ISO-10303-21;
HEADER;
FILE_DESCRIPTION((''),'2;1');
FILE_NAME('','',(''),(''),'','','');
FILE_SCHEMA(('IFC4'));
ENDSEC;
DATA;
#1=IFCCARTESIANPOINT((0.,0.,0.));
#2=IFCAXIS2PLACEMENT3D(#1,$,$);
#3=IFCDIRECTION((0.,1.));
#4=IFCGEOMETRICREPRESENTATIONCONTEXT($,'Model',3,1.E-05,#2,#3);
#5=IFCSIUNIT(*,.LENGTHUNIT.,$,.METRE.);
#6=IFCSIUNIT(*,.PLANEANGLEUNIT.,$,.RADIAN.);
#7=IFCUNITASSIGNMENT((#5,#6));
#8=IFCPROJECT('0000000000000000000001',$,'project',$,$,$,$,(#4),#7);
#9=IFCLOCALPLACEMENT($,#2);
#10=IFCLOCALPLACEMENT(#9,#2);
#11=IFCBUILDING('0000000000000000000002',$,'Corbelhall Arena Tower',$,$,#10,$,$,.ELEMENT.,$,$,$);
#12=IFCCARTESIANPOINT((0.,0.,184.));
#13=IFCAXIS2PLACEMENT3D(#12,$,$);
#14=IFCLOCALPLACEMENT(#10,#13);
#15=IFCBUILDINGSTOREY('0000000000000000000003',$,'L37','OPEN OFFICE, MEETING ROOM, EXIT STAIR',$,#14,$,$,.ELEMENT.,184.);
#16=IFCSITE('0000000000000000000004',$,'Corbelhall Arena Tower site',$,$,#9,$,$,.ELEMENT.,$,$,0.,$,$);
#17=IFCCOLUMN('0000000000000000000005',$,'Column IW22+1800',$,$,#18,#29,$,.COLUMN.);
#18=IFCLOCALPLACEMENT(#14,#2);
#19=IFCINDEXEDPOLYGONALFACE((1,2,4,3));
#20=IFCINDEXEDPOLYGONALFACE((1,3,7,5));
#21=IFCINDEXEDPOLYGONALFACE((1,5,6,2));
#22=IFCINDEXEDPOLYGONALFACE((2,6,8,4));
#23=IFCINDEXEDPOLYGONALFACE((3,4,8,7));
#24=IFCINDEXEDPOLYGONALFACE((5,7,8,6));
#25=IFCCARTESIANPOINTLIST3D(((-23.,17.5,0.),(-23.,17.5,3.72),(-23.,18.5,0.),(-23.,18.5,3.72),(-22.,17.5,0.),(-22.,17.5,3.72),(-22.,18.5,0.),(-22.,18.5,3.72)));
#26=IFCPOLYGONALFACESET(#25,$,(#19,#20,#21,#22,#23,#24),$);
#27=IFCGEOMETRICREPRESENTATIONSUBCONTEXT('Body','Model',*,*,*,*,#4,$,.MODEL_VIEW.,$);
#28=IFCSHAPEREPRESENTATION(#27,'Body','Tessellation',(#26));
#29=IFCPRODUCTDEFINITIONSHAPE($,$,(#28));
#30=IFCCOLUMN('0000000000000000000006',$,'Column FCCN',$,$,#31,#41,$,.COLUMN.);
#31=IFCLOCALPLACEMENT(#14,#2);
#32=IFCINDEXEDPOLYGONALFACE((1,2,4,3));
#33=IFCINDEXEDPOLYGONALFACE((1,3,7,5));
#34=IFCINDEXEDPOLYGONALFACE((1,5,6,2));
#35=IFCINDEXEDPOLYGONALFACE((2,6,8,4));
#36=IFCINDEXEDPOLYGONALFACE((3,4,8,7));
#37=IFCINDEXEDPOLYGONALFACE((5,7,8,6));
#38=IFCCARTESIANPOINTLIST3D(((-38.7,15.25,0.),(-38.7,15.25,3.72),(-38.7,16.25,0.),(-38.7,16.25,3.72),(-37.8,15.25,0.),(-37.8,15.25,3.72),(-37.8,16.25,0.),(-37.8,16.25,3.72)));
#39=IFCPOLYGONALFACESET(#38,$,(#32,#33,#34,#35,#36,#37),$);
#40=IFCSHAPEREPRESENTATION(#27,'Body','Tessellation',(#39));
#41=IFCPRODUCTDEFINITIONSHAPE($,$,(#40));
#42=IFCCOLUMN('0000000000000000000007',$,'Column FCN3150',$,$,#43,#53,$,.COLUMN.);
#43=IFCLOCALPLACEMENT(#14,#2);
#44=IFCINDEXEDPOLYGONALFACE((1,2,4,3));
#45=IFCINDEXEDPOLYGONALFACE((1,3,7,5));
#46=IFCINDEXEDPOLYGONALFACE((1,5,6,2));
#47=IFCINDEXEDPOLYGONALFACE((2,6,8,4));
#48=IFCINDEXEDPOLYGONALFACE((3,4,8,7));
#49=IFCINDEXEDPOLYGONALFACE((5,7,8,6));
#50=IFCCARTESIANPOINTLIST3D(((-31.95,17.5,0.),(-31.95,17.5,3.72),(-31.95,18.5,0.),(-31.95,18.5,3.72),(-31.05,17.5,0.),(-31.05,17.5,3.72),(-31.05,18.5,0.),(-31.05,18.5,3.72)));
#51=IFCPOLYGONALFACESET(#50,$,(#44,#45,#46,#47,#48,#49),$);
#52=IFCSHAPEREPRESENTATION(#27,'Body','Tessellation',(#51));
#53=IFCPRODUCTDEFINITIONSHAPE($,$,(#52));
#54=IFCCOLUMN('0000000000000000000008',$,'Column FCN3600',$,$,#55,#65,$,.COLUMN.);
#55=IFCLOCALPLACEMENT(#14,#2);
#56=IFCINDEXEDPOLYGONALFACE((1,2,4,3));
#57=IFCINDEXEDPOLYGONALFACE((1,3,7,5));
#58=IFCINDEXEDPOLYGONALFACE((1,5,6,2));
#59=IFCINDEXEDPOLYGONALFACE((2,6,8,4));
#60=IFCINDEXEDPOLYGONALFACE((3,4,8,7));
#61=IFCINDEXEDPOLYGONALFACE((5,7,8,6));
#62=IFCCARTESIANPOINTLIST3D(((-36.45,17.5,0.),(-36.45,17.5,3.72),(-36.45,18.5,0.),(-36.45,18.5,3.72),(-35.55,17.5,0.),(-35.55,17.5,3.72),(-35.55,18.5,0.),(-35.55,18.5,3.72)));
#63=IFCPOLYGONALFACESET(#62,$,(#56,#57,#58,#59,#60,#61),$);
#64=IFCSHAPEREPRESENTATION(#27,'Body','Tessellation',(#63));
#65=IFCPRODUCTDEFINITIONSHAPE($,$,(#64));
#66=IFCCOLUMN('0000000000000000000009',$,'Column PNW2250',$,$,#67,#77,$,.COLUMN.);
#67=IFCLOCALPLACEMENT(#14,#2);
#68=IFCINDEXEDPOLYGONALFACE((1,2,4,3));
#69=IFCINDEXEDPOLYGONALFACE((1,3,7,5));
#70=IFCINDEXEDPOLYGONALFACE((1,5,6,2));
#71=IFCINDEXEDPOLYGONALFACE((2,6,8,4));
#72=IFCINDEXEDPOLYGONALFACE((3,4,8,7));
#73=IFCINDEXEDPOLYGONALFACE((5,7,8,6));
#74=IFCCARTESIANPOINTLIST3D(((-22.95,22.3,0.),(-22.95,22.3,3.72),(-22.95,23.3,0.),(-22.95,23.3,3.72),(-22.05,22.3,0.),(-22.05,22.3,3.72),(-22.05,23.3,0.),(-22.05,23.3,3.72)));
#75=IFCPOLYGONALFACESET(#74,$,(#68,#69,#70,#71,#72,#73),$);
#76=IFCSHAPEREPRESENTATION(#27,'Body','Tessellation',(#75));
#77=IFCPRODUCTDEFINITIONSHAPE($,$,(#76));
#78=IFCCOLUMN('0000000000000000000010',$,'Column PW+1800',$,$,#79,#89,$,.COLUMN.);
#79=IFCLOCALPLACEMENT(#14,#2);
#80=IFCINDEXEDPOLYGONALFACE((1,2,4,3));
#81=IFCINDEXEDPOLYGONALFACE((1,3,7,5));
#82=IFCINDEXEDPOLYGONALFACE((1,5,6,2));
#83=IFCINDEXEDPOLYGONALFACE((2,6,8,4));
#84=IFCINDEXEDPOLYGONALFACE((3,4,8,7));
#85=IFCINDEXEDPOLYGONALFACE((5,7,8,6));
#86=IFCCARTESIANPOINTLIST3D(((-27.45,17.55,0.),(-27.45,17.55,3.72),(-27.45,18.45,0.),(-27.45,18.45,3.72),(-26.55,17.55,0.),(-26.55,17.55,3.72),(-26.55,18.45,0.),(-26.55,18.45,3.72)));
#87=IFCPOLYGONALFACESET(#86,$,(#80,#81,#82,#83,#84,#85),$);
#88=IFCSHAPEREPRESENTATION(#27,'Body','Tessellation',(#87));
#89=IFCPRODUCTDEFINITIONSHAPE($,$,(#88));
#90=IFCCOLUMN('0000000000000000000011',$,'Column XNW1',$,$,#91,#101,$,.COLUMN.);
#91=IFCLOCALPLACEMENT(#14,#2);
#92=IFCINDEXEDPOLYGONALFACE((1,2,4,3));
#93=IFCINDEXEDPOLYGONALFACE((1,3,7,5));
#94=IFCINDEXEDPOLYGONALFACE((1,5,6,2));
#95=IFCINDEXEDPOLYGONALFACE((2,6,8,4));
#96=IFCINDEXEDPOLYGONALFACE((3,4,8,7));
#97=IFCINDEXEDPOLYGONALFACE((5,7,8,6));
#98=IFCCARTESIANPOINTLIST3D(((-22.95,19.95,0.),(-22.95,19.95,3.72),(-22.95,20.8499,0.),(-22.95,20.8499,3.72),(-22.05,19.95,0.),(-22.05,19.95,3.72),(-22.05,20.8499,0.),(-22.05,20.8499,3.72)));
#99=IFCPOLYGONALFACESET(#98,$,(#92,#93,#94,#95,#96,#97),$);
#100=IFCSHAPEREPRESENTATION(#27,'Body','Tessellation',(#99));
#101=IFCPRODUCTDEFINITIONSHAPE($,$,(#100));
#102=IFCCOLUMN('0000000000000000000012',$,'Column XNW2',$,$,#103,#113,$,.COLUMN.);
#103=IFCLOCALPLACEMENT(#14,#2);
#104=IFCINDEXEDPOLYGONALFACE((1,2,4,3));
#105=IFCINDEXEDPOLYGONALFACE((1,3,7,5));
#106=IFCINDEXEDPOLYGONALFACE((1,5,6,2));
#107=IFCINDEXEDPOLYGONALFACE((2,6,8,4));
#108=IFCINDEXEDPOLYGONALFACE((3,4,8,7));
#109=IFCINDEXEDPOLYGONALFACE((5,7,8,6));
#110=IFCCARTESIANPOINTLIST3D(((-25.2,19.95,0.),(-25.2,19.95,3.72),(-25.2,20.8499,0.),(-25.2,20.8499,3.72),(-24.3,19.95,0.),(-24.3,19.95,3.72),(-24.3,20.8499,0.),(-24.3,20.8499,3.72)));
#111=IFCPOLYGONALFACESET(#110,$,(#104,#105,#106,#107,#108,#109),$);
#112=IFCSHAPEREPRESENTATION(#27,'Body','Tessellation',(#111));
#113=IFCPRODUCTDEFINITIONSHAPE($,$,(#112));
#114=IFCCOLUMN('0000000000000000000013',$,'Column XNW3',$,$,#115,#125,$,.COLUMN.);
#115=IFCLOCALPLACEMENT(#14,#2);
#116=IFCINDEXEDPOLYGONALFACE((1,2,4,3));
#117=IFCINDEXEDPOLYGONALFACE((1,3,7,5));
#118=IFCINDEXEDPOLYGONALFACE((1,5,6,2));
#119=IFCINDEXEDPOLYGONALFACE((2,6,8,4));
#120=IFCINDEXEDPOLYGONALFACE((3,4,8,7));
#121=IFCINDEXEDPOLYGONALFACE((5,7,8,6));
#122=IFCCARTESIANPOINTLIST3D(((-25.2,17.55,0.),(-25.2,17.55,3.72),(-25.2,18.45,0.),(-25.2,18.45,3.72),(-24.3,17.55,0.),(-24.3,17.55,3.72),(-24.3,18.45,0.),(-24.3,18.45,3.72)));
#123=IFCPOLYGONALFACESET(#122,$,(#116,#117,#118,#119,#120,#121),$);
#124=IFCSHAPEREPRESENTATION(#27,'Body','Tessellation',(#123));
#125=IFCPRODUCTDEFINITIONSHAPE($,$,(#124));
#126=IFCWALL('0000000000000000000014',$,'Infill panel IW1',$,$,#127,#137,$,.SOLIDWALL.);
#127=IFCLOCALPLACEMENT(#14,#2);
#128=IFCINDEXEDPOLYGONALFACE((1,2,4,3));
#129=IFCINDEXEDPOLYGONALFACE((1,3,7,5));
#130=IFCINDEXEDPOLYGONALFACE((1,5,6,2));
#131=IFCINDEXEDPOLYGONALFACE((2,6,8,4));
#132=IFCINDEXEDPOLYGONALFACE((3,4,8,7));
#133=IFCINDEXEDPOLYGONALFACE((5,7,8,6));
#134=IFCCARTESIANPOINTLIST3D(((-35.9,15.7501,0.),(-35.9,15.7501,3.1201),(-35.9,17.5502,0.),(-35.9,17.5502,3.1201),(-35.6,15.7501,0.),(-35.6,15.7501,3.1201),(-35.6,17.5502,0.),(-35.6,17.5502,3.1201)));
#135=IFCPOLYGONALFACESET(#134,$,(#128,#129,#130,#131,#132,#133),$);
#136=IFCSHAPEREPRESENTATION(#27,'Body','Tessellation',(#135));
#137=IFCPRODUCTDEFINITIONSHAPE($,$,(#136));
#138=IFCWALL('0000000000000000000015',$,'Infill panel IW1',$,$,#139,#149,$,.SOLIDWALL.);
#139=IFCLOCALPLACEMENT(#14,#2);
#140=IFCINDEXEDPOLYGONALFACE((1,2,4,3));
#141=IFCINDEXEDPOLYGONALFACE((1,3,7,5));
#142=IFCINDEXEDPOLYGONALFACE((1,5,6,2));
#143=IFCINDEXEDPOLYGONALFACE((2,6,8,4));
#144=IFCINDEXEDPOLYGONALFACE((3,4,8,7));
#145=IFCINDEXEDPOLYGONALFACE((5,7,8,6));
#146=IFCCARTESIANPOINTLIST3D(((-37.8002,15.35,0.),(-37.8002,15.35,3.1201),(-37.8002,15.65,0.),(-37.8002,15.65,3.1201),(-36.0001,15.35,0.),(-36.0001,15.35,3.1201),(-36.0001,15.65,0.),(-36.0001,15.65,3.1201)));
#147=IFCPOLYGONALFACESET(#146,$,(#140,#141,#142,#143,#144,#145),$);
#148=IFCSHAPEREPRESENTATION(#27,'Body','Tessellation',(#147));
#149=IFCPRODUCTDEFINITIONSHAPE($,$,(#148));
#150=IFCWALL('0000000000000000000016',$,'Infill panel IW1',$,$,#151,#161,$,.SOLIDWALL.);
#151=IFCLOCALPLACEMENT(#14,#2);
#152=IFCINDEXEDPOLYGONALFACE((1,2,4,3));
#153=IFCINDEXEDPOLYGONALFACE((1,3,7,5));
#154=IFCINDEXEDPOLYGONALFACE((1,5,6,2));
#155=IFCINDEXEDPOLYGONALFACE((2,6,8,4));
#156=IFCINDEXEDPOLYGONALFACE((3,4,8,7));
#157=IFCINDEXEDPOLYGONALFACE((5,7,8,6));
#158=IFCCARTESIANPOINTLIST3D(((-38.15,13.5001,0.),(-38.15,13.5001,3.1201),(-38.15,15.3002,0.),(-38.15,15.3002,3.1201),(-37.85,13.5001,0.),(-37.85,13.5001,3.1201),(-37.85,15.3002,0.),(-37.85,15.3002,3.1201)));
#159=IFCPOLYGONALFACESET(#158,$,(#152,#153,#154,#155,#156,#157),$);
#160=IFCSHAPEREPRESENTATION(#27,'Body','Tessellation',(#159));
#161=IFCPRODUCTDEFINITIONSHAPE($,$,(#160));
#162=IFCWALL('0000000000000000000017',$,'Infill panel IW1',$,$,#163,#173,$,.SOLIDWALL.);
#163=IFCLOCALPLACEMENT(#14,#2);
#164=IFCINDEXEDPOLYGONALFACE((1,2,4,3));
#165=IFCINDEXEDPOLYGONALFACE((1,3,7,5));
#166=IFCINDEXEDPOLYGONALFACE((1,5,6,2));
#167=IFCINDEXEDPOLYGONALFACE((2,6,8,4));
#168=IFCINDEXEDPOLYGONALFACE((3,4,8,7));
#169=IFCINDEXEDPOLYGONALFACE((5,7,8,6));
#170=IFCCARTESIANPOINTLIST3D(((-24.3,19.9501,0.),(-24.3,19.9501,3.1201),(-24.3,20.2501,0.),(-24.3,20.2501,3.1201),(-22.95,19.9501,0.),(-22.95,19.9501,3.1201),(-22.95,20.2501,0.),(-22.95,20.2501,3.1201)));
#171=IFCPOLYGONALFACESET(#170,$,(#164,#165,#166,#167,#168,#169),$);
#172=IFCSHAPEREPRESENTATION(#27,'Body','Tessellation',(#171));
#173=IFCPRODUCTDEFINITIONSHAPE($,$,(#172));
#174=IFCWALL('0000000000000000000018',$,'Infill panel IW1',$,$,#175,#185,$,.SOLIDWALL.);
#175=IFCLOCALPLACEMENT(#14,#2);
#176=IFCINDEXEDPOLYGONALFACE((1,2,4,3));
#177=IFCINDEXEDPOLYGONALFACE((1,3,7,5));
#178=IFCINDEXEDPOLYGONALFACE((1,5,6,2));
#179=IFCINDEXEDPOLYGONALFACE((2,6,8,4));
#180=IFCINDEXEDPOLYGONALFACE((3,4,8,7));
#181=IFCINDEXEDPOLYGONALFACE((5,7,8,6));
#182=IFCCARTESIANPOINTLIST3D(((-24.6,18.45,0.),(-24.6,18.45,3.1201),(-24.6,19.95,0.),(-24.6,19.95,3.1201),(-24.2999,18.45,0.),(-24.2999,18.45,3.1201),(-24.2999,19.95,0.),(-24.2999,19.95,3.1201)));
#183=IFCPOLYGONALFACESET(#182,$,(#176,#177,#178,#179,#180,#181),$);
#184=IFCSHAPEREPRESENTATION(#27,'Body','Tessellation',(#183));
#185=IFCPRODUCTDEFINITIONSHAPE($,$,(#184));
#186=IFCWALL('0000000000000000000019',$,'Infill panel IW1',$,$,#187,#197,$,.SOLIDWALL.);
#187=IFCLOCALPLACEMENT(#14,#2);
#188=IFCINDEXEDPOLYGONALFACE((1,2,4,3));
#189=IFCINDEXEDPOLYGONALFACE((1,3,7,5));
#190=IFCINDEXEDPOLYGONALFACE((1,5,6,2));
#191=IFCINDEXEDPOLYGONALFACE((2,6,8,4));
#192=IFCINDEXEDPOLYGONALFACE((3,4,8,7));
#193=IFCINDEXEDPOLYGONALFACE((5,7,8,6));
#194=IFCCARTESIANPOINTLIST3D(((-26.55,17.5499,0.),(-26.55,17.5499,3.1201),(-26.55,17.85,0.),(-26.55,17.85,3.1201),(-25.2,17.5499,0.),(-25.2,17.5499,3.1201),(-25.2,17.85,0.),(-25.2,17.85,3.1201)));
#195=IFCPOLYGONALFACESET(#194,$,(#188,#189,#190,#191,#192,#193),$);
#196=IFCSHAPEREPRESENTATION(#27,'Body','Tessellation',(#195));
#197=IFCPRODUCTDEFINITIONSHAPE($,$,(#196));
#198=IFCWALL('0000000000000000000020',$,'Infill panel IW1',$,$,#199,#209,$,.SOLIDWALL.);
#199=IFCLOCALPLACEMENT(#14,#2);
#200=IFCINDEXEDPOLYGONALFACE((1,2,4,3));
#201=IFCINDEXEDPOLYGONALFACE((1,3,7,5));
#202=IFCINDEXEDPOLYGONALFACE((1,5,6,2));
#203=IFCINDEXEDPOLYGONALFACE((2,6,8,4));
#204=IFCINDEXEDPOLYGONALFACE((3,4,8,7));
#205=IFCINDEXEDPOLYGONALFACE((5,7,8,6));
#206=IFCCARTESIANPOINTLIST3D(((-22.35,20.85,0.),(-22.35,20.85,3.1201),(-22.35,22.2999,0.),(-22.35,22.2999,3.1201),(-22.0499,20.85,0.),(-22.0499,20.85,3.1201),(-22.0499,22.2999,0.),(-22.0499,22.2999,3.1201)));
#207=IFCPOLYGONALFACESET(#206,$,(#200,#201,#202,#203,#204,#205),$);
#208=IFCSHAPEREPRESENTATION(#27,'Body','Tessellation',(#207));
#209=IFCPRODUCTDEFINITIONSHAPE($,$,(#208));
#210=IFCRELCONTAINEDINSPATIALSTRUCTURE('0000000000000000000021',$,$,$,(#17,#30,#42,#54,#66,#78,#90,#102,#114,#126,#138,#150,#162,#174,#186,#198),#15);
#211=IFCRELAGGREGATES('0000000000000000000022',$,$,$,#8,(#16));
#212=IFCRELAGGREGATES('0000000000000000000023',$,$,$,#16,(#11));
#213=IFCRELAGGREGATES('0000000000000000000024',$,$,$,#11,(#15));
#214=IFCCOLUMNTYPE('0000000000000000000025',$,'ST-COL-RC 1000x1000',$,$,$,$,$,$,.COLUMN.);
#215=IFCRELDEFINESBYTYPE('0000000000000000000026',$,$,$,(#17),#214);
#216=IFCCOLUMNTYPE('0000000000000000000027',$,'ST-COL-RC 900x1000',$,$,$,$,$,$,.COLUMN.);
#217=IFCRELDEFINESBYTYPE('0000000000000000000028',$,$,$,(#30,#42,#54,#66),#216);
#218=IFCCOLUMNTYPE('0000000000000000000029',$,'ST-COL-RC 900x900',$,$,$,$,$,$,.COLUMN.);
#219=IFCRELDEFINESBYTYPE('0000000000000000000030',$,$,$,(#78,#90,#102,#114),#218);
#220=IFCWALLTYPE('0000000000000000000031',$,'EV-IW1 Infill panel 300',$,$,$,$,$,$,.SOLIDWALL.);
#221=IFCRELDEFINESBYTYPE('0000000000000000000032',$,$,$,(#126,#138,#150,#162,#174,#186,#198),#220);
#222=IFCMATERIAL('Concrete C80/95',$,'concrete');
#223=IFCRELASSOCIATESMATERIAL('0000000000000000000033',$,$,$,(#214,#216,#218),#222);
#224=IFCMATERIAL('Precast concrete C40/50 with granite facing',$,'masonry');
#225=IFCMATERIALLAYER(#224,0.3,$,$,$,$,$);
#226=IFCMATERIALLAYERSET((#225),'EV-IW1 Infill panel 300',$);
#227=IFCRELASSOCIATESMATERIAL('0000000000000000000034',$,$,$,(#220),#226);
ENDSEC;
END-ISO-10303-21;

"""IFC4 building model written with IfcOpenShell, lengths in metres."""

from ifc_helpers import new_model, si_unit, direction, frame, frame_2d, origin, origin_2d, place, context, subcontext, project, spatial, rectangle, extrude, material, layer, layer_set, material_profile, profile_set, type_object, element, save


model = new_model("IFC4")

# Units and contexts
model_context = context("Model", 3, precision=1e-05, world=origin(), true_north=direction((0.0, 1.0)))
body_context = subcontext(model_context, "Body", "Model", "MODEL_VIEW")
ifc_project = project(units=[si_unit("LENGTHUNIT", "METRE"), si_unit("PLANEANGLEUNIT", "RADIAN")], contexts=[model_context])

# Site, building, storey
site_placement = place(None, origin())
site = spatial("IfcSite", under=ifc_project, at=site_placement, Name="Corbelhall Arena Tower site", CompositionType="ELEMENT", RefElevation=0.0)
building_placement = place(site_placement, origin())
building = spatial("IfcBuilding", under=site, at=building_placement, Name="Corbelhall Arena Tower", CompositionType="ELEMENT")
storey_placement = place(building_placement, frame((0.0, 0.0, 184.0)))
storey = spatial("IfcBuildingStorey", under=building, at=storey_placement, Name="L37", Description="OPEN OFFICE, MEETING ROOM, EXIT STAIR", CompositionType="ELEMENT", Elevation=184.0)

# Columns
ifc_material_1 = material(Name="Concrete C80/95", Category="concrete")
ifc_material_profile_1 = material_profile(ifc_material_1, rectangle(XDim=1.0, YDim=1.0, at=origin_2d()))
ifc_profile_set_1 = profile_set([ifc_material_profile_1], Name="Concrete C80/95")
column_type_1 = type_object("IfcColumnType", Name="ST-COL-RC 1000x1000", PredefinedType="COLUMN", material=ifc_profile_set_1)
column_placement = place(storey_placement, frame((-22.5, 18.0, 0.0), z_axis=(0.0, 0.0, 1.0), x_axis=(1.0, 0.0, 0.0)))
element("IfcColumn", 1, at=column_placement, inside=storey, type_object=column_type_1, Name="Column IW22+1800", PredefinedType="COLUMN", context=body_context, shape_type="SweptSolid", body=[
    extrude(rectangle(XDim=1.0, YDim=1.0, at=origin_2d()), origin(), (0.0, 0.0, 1.0), 3.72),
])
ifc_material_profile_2 = material_profile(ifc_material_1, rectangle(XDim=0.8999, YDim=1.0, at=origin_2d()))
ifc_profile_set_2 = profile_set([ifc_material_profile_2], Name="Concrete C80/95")
column_type_2 = type_object("IfcColumnType", Name="ST-COL-RC 900x1000", PredefinedType="COLUMN", material=ifc_profile_set_2)
for number, where, z_axis, x_axis, name in (
    (2, (-38.25, 15.75, 0.0), (0.0, 0.0, 1.0), (1.0, 0.0, 0.0), "Column FCCN"),
    (3, (-31.5, 18.0, 0.0), (0.0, 0.0, 1.0), (1.0, 0.0, 0.0), "Column FCN3150"),
    (4, (-36.0, 18.0, 0.0), (0.0, 0.0, 1.0), (1.0, 0.0, 0.0), "Column FCN3600"),
    (5, (-22.5, 22.8, 0.0), (0.0, 0.0, 1.0), (1.0, 0.0, 0.0), "Column PNW2250"),
):
    element("IfcColumn", number, at=place(storey_placement, frame(where, z_axis=z_axis, x_axis=x_axis)), inside=storey, type_object=column_type_2, Name=name, PredefinedType="COLUMN", context=body_context, shape_type="SweptSolid", body=[
        extrude(rectangle(XDim=0.8999, YDim=1.0, at=origin_2d()), origin(), (0.0, 0.0, 1.0), 3.72),
    ])
ifc_material_profile_3 = material_profile(ifc_material_1, rectangle(XDim=0.8999, YDim=0.8999, at=origin_2d()))
ifc_profile_set_3 = profile_set([ifc_material_profile_3], Name="Concrete C80/95")
column_type_3 = type_object("IfcColumnType", Name="ST-COL-RC 900x900", PredefinedType="COLUMN", material=ifc_profile_set_3)
for number, where, z_axis, x_axis, name in (
    (6, (-27.0, 18.0, 0.0), (0.0, 0.0, 1.0), (1.0, 0.0, 0.0), "Column PW+1800"),
    (7, (-22.5, 20.3999, 0.0), (0.0, 0.0, 1.0), (1.0, 0.0, 0.0), "Column XNW1"),
    (8, (-24.75, 20.3999, 0.0), (0.0, 0.0, 1.0), (1.0, 0.0, 0.0), "Column XNW2"),
    (9, (-24.75, 18.0, 0.0), (0.0, 0.0, 1.0), (1.0, 0.0, 0.0), "Column XNW3"),
):
    element("IfcColumn", number, at=place(storey_placement, frame(where, z_axis=z_axis, x_axis=x_axis)), inside=storey, type_object=column_type_3, Name=name, PredefinedType="COLUMN", context=body_context, shape_type="SweptSolid", body=[
        extrude(rectangle(XDim=0.8999, YDim=0.8999, at=origin_2d()), origin(), (0.0, 0.0, 1.0), 3.72),
    ])

# Walls
ifc_material_2 = material(Name="Precast concrete C40/50 with granite facing", Category="masonry")
ifc_layer_1 = layer(ifc_material_2, 0.3)
ifc_layer_set_1 = layer_set([ifc_layer_1], Name="EV-IW1 Infill panel 300")
wall_type_1 = type_object("IfcWallType", Name="EV-IW1 Infill panel 300", PredefinedType="SOLIDWALL", material=ifc_layer_set_1)
for number, where, z_axis, x_axis, name in (
    (10, (-35.75, 17.55, 0.0), (0.0, 0.0, 1.0), (0.0, -1.0, 0.0), "Infill panel IW1"),
    (11, (-37.8, 15.5, 0.0), (0.0, 0.0, 1.0), (1.0, 0.0, 0.0), "Infill panel IW1"),
    (12, (-38.0, 15.3, 0.0), (0.0, 0.0, 1.0), (0.0, -1.0, 0.0), "Infill panel IW1"),
):
    element("IfcWall", number, at=place(storey_placement, frame(where, z_axis=z_axis, x_axis=x_axis)), inside=storey, type_object=wall_type_1, Name=name, PredefinedType="SOLIDWALL", context=body_context, shape_type="SweptSolid", body=[
        extrude(rectangle(XDim=1.8, YDim=0.3, at=frame_2d((0.8999, 0.0))), origin(), (0.0, 0.0, 1.0), 3.1201),
    ])
wall_1_placement = place(storey_placement, frame((-22.95, 20.1001, 0.0), z_axis=(0.0, 0.0, 1.0), x_axis=(-1.0, 0.0, 0.0)))
element("IfcWall", 13, at=wall_1_placement, inside=storey, type_object=wall_type_1, Name="Infill panel IW1", PredefinedType="SOLIDWALL", context=body_context, shape_type="SweptSolid", body=[
    extrude(rectangle(XDim=1.3501, YDim=0.3, at=frame_2d((0.675, 0.0))), origin(), (0.0, 0.0, 1.0), 3.1201),
])
wall_2_placement = place(storey_placement, frame((-24.45, 19.95, 0.0), z_axis=(0.0, 0.0, 1.0), x_axis=(0.0, -1.0, 0.0)))
element("IfcWall", 14, at=wall_2_placement, inside=storey, type_object=wall_type_1, Name="Infill panel IW1", PredefinedType="SOLIDWALL", context=body_context, shape_type="SweptSolid", body=[
    extrude(rectangle(XDim=1.5, YDim=0.3, at=frame_2d((0.75, 0.0))), origin(), (0.0, 0.0, 1.0), 3.1201),
])
wall_3_placement = place(storey_placement, frame((-25.2, 17.7, 0.0), z_axis=(0.0, 0.0, 1.0), x_axis=(-1.0, 0.0, 0.0)))
element("IfcWall", 15, at=wall_3_placement, inside=storey, type_object=wall_type_1, Name="Infill panel IW1", PredefinedType="SOLIDWALL", context=body_context, shape_type="SweptSolid", body=[
    extrude(rectangle(XDim=1.3501, YDim=0.3, at=frame_2d((0.675, 0.0))), origin(), (0.0, 0.0, 1.0), 3.1201),
])

# Wall
wall_4_placement = place(storey_placement, frame((-22.2, 22.3, 0.0), z_axis=(0.0, 0.0, 1.0), x_axis=(0.0, -1.0, 0.0)))
element("IfcWall", 16, at=wall_4_placement, inside=storey, type_object=wall_type_1, Name="Infill panel IW1", PredefinedType="SOLIDWALL", context=body_context, shape_type="SweptSolid", body=[
    extrude(rectangle(XDim=1.45, YDim=0.3, at=frame_2d((0.7251, 0.0))), origin(), (0.0, 0.0, 1.0), 3.1201),
])

save(model, "model.ifc")
